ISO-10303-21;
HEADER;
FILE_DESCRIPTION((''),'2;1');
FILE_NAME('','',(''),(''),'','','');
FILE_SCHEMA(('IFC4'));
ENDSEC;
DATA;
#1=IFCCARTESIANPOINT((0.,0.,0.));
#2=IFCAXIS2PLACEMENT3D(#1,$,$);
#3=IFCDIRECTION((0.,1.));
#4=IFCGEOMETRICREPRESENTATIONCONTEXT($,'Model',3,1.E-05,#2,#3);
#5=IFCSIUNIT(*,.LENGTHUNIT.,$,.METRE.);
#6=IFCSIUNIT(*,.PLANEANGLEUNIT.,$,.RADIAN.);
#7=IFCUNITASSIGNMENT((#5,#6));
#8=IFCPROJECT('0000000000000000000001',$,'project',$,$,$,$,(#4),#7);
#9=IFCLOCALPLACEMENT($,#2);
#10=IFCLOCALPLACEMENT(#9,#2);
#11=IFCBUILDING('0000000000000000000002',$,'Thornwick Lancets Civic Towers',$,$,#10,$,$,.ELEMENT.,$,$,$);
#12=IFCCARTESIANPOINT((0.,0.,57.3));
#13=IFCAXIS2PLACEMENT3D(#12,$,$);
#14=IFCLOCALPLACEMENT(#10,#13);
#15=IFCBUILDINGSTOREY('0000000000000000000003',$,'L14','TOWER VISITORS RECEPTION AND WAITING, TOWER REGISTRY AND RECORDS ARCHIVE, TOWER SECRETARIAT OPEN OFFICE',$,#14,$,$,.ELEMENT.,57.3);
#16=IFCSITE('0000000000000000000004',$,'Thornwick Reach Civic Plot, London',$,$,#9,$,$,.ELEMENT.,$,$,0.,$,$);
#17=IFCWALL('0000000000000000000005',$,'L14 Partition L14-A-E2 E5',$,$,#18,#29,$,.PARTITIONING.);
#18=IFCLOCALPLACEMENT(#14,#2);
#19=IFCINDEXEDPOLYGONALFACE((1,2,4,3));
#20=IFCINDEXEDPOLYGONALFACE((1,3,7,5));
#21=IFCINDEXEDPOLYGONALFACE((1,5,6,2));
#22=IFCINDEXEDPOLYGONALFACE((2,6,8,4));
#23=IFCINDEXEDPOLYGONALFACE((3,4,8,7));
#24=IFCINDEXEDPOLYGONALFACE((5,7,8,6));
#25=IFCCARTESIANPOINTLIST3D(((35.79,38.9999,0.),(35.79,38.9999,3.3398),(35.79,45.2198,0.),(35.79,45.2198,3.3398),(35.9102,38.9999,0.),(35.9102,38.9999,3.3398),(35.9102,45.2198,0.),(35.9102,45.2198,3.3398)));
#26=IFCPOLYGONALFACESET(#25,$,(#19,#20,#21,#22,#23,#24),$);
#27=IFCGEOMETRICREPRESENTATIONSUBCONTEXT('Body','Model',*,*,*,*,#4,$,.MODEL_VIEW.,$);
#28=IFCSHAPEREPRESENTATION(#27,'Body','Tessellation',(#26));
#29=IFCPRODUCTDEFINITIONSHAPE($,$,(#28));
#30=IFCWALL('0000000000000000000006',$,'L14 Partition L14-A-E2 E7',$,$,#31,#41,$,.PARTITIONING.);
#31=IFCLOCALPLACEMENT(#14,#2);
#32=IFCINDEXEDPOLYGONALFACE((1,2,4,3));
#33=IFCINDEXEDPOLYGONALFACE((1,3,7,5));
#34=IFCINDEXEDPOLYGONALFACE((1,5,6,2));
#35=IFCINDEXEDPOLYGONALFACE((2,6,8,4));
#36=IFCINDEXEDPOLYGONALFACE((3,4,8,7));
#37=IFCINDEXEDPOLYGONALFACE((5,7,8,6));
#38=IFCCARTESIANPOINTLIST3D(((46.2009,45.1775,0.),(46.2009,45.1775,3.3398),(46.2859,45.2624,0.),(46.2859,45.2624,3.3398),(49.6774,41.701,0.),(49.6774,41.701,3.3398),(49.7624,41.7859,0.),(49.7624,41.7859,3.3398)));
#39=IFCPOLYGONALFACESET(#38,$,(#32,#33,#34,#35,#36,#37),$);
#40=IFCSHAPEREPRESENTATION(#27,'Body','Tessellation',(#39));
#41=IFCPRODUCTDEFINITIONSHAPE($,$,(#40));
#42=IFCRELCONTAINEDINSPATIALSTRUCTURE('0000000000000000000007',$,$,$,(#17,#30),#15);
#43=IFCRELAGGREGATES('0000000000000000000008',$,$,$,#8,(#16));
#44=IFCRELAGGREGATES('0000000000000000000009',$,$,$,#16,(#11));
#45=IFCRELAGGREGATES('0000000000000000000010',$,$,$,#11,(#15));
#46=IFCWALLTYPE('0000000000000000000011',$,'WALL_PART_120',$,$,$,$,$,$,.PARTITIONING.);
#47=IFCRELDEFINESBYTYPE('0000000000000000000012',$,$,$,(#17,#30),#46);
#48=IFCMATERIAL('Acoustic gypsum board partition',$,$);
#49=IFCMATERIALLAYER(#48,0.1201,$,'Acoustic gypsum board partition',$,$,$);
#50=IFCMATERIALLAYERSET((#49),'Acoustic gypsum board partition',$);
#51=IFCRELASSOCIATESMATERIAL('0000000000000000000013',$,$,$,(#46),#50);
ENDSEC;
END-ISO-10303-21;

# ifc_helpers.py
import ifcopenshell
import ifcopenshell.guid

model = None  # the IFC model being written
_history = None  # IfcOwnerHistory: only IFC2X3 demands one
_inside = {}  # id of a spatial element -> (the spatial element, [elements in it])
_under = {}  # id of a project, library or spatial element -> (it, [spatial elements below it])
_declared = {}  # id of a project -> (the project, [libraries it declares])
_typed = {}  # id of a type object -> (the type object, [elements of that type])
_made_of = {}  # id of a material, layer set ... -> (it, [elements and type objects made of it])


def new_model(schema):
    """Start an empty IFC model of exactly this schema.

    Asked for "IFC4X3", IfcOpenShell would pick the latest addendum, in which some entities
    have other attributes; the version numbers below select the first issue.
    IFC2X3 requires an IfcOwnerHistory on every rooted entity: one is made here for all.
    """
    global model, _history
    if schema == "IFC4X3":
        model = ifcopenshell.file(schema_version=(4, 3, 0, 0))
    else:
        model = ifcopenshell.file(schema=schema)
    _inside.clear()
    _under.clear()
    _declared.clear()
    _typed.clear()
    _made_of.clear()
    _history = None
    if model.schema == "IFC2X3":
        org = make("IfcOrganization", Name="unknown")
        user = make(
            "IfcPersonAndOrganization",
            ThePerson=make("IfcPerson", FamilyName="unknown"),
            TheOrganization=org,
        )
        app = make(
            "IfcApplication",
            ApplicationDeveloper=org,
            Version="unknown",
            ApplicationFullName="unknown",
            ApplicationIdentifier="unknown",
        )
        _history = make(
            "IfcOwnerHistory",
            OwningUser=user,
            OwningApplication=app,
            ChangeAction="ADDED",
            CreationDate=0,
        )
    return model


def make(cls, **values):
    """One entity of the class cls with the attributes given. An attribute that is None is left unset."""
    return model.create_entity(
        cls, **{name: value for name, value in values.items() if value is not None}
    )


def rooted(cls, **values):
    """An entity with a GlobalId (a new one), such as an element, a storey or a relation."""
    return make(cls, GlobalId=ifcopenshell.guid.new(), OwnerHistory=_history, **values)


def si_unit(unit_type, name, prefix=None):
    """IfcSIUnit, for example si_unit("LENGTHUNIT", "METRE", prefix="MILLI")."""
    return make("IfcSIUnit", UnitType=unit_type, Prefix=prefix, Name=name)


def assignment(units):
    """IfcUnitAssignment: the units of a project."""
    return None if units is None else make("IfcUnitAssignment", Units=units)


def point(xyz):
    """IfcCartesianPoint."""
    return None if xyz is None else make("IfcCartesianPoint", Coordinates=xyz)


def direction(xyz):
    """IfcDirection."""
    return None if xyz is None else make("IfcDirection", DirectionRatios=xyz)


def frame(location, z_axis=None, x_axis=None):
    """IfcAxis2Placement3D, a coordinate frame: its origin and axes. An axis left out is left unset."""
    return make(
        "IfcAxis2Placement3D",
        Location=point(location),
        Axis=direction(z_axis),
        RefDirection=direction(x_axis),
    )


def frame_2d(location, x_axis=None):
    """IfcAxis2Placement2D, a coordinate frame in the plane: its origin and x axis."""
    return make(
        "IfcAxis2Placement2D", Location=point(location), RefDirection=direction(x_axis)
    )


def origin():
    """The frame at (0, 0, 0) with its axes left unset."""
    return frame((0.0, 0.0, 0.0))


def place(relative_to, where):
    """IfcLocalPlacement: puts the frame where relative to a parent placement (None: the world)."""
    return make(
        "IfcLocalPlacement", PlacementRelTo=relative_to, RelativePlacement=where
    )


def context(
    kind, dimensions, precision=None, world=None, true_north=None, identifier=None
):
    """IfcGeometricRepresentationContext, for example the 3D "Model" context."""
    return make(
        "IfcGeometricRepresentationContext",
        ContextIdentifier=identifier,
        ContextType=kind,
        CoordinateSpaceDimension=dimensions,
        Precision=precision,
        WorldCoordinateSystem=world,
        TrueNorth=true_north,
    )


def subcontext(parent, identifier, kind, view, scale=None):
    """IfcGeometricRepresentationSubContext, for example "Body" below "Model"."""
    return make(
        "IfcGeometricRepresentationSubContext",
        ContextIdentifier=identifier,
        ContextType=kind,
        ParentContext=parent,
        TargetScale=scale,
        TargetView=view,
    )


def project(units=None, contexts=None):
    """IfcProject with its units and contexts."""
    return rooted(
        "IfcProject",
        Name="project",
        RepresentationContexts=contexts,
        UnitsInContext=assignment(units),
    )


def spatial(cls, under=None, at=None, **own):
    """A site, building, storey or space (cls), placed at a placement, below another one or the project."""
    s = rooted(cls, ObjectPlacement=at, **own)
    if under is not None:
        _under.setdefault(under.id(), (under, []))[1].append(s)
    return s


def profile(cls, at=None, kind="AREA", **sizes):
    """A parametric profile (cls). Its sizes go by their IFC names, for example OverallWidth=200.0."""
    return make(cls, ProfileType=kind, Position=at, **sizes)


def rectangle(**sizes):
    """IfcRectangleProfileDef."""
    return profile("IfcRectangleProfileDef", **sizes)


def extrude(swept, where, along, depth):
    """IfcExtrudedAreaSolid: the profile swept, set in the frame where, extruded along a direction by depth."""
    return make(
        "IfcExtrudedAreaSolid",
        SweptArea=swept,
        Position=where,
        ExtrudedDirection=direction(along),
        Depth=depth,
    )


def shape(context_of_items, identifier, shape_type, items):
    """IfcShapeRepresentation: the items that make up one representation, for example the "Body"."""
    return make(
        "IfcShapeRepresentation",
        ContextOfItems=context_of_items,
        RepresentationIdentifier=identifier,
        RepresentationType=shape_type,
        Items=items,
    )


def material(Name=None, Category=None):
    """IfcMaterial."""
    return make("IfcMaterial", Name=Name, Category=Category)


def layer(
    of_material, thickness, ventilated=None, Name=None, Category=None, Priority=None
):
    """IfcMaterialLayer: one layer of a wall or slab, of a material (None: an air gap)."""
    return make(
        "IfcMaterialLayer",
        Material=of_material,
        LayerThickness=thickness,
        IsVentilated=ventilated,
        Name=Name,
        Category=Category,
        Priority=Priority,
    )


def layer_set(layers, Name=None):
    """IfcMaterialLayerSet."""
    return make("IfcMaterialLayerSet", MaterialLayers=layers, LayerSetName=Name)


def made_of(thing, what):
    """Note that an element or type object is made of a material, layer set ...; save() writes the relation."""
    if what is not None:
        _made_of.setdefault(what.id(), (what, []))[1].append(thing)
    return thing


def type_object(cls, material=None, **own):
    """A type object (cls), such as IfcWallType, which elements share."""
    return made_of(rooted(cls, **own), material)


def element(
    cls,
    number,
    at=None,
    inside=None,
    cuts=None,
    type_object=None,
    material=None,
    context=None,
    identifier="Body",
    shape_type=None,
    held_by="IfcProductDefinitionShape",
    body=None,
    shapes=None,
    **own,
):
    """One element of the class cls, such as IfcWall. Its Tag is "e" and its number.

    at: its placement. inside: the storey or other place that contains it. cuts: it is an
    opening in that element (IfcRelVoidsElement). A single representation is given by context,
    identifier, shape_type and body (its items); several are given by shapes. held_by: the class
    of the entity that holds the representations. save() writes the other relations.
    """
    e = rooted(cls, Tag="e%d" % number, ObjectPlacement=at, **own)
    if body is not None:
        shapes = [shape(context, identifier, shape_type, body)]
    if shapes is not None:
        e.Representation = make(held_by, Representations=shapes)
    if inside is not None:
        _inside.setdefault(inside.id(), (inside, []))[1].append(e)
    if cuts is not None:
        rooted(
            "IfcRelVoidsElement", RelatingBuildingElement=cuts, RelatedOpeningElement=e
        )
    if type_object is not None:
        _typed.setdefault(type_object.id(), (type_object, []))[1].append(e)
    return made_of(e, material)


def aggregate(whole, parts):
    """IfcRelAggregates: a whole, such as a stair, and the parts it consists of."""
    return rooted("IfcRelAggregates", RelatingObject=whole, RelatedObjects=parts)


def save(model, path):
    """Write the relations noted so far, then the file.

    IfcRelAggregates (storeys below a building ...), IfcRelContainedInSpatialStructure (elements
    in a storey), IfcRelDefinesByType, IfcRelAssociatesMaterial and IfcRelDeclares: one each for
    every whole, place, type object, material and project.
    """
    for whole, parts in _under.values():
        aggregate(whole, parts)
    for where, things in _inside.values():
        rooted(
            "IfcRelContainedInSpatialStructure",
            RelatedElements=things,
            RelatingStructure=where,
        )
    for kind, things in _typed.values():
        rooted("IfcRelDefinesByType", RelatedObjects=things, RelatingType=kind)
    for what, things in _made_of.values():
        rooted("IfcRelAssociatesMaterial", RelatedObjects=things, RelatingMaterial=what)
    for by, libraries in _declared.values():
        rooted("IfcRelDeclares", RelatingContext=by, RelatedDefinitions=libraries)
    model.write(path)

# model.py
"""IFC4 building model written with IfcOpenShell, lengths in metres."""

from ifc_helpers import new_model, si_unit, direction, frame, frame_2d, origin, place, context, subcontext, project, spatial, rectangle, extrude, material, layer, layer_set, type_object, element, save


model = new_model("IFC4")

# Units and contexts
model_context = context("Model", 3, precision=1e-05, world=origin(), true_north=direction((0.0, 1.0)))
body_context = subcontext(model_context, "Body", "Model", "MODEL_VIEW")
ifc_project = project(units=[si_unit("LENGTHUNIT", "METRE"), si_unit("PLANEANGLEUNIT", "RADIAN")], contexts=[model_context])

# Site, building, storey
site_placement = place(None, origin())
site = spatial("IfcSite", under=ifc_project, at=site_placement, Name="Thornwick Reach Civic Plot, London", CompositionType="ELEMENT", RefElevation=0.0)
building_placement = place(site_placement, origin())
building = spatial("IfcBuilding", under=site, at=building_placement, Name="Thornwick Lancets Civic Towers", CompositionType="ELEMENT")
storey_placement = place(building_placement, frame((0.0, 0.0, 57.3)))
storey = spatial("IfcBuildingStorey", under=building, at=storey_placement, Name="L14", Description="TOWER VISITORS RECEPTION AND WAITING, TOWER REGISTRY AND RECORDS ARCHIVE, TOWER SECRETARIAT OPEN OFFICE", CompositionType="ELEMENT", Elevation=57.3)

# Walls
ifc_material_1 = material(Name="Acoustic gypsum board partition")
ifc_layer_1 = layer(ifc_material_1, 0.1201, Name="Acoustic gypsum board partition")
ifc_layer_set_1 = layer_set([ifc_layer_1], Name="Acoustic gypsum board partition")
wall_type_1 = type_object("IfcWallType", Name="WALL_PART_120", PredefinedType="PARTITIONING", material=ifc_layer_set_1)
wall_1_placement = place(storey_placement, frame((35.8501, 39.0, 0.0), z_axis=(0.0, 0.0, 1.0), x_axis=(0.0, 1.0, 0.0)))
element("IfcWall", 1, at=wall_1_placement, inside=storey, type_object=wall_type_1, Name="L14 Partition L14-A-E2 E5", PredefinedType="PARTITIONING", context=body_context, shape_type="SweptSolid", body=[
    extrude(rectangle(XDim=6.22, YDim=0.1201, at=frame_2d((3.1099, 0.0))), origin(), (0.0, 0.0, 1.0), 3.3398),
])
wall_2_placement = place(storey_placement, frame((46.2434, 45.22, 0.0), z_axis=(0.0, 0.0, 1.0), x_axis=(0.707107, -0.707107, 0.0)))
element("IfcWall", 2, at=wall_2_placement, inside=storey, type_object=wall_type_1, Name="L14 Partition L14-A-E2 E7", PredefinedType="PARTITIONING", context=body_context, shape_type="SweptSolid", body=[
    extrude(rectangle(XDim=4.9165, YDim=0.1201, at=frame_2d((2.4583, 0.0))), origin(), (0.0, 0.0, 1.0), 3.3398),
])

save(model, "model.ifc")
